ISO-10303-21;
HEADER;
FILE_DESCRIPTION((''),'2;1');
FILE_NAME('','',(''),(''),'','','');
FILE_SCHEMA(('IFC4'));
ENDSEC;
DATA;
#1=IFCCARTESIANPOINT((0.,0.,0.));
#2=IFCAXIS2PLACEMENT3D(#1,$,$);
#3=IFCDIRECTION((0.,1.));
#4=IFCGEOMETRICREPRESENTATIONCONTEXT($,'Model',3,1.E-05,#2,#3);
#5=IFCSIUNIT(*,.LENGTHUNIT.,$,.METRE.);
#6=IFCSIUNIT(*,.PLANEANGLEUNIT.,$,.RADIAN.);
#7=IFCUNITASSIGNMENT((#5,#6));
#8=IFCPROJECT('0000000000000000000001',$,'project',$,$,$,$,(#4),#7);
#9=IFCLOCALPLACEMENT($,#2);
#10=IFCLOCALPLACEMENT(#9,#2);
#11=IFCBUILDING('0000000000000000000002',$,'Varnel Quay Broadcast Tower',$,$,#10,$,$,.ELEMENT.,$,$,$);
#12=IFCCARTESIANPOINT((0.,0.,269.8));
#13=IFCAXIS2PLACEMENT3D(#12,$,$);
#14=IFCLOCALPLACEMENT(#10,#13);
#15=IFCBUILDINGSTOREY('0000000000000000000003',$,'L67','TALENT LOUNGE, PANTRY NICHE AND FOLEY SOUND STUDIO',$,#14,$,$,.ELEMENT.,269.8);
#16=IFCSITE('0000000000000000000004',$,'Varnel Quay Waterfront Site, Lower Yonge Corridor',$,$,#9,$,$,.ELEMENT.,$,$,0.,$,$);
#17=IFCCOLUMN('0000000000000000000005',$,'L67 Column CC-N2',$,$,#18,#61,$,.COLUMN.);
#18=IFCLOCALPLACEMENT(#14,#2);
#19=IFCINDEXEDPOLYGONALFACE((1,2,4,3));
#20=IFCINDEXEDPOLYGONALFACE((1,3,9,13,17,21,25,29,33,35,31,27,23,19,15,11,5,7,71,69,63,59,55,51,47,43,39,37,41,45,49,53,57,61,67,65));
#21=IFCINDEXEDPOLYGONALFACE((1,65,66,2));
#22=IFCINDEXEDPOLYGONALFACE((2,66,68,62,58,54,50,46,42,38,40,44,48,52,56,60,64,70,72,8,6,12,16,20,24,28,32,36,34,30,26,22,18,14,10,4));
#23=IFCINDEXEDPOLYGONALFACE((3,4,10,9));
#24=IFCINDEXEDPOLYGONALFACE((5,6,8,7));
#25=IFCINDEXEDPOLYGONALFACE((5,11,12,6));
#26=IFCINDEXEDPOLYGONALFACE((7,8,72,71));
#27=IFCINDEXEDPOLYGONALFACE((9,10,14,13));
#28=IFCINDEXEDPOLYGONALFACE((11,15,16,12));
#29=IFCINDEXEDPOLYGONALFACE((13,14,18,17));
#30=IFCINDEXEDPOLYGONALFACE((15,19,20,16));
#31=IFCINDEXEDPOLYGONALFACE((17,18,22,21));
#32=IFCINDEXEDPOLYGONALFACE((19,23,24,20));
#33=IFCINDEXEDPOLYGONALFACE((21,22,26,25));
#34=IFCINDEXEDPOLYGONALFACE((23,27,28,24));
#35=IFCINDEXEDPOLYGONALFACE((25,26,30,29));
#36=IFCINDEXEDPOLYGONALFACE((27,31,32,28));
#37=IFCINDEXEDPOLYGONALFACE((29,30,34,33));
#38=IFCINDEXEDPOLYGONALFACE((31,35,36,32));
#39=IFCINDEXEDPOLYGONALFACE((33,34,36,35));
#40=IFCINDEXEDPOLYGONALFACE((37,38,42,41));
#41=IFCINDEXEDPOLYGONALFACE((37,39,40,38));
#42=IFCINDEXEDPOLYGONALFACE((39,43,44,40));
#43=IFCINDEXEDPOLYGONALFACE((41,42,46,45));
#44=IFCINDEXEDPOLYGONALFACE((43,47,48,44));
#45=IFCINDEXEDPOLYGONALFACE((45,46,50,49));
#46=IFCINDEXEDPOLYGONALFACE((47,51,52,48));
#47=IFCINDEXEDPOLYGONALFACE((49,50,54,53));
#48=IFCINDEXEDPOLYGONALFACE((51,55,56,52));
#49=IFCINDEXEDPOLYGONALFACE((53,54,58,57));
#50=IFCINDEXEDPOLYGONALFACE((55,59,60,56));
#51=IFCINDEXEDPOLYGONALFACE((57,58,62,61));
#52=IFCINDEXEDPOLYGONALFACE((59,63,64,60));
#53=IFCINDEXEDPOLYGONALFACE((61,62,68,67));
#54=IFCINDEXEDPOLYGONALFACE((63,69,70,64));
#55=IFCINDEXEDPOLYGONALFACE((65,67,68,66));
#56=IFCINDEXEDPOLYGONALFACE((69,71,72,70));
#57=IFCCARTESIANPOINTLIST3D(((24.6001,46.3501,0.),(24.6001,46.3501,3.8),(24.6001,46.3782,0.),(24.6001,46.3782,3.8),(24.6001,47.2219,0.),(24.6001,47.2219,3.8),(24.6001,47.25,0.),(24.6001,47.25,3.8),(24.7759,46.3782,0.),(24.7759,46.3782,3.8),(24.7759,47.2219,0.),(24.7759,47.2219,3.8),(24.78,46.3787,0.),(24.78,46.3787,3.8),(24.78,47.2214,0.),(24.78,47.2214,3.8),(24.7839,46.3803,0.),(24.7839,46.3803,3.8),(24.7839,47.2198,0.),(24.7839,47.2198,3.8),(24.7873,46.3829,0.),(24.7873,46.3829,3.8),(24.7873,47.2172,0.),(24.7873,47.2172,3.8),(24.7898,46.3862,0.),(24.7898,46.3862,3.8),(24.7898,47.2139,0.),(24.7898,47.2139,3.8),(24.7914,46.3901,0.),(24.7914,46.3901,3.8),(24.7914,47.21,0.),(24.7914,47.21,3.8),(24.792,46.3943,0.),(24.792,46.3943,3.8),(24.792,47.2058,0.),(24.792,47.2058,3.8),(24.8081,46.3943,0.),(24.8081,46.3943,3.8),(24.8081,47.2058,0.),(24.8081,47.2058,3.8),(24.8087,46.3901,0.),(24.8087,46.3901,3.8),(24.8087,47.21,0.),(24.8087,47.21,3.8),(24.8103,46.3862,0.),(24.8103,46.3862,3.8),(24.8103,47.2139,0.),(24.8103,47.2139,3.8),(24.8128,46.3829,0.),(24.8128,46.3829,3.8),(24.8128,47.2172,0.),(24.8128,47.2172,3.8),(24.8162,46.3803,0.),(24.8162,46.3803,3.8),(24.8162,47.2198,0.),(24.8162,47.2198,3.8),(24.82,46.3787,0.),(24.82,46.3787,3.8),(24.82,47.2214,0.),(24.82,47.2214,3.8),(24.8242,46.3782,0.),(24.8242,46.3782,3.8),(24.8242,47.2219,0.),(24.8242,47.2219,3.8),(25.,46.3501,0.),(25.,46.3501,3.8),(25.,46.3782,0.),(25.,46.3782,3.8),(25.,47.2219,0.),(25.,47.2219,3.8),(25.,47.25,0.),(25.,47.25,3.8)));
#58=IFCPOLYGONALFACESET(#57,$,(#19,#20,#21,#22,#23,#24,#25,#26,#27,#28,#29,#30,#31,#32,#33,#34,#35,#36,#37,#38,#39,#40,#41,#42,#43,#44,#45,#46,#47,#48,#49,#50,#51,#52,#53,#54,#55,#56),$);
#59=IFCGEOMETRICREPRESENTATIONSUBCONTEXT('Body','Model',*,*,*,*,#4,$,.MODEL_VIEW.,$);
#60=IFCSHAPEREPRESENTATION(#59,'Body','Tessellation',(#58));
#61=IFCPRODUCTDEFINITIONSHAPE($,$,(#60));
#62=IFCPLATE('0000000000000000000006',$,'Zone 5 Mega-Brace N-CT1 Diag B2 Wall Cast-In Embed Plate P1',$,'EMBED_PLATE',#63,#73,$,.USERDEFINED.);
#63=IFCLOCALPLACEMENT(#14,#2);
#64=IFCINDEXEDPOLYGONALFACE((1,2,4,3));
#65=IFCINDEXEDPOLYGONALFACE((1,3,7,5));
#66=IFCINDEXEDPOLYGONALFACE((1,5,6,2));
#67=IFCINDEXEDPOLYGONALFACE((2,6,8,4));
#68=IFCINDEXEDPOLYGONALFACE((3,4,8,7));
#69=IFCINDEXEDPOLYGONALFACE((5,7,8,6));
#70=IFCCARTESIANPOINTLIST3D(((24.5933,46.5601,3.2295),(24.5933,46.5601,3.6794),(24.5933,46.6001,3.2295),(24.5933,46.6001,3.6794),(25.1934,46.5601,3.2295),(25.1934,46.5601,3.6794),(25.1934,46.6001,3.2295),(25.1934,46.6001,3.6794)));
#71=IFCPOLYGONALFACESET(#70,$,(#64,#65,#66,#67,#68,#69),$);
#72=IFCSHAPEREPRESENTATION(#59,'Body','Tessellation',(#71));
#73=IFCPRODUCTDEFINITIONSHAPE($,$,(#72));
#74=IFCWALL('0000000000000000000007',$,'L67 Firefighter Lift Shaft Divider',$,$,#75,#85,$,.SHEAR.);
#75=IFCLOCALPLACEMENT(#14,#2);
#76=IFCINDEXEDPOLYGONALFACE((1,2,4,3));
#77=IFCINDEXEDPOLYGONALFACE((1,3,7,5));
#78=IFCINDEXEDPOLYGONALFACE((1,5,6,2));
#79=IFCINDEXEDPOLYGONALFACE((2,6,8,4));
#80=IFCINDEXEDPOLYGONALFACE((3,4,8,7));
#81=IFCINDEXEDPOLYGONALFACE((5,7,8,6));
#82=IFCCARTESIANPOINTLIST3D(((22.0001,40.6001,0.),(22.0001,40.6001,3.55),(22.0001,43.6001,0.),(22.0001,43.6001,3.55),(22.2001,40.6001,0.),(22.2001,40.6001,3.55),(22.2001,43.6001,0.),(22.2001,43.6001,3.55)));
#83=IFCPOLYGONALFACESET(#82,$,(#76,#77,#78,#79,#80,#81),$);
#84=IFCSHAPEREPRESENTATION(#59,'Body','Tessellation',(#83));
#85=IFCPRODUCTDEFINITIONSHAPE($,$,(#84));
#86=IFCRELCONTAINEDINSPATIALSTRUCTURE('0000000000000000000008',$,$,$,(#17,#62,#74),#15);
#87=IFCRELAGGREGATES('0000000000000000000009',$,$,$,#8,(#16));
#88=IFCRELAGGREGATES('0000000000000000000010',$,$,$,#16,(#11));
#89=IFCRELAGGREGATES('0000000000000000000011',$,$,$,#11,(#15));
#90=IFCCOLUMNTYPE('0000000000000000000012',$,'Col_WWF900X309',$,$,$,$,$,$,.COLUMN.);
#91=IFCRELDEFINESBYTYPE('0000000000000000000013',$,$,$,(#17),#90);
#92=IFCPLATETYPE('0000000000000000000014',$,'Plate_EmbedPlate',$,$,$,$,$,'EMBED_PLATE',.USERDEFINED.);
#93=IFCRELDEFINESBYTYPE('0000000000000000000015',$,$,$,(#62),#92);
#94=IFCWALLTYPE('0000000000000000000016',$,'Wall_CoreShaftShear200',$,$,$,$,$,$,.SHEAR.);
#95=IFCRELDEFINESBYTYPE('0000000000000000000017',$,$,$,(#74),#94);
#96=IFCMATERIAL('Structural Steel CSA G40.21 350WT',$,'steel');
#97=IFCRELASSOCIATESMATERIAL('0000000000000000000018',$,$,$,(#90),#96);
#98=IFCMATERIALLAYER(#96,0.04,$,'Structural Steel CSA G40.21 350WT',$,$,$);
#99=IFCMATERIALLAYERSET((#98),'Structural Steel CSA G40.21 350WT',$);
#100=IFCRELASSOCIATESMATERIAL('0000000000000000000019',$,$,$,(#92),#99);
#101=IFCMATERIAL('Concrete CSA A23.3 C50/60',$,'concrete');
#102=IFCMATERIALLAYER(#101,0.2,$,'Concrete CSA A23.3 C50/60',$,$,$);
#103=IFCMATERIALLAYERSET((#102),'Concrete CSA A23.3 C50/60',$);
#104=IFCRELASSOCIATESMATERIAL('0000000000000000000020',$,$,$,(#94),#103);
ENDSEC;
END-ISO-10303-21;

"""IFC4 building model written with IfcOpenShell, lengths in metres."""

from ifc_helpers import new_model, si_unit, direction, frame, frame_2d, origin, origin_2d, place, context, subcontext, project, spatial, rectangle, i_section, extrude, source, transform, mapped, material, layer, layer_set, material_profile, profile_set, type_object, type_shapes, element, save


model = new_model("IFC4")

# Units and contexts
model_context = context("Model", 3, precision=1e-05, world=origin(), true_north=direction((0.0, 1.0)))
body_context = subcontext(model_context, "Body", "Model", "MODEL_VIEW")
ifc_project = project(units=[si_unit("LENGTHUNIT", "METRE"), si_unit("PLANEANGLEUNIT", "RADIAN")], contexts=[model_context])

# Site, building, storey
site_placement = place(None, origin())
site = spatial("IfcSite", under=ifc_project, at=site_placement, Name="Varnel Quay Waterfront Site, Lower Yonge Corridor", CompositionType="ELEMENT", RefElevation=0.0)
building_placement = place(site_placement, origin())
building = spatial("IfcBuilding", under=site, at=building_placement, Name="Varnel Quay Broadcast Tower", CompositionType="ELEMENT")
storey_placement = place(building_placement, frame((0.0, 0.0, 269.8)))
storey = spatial("IfcBuildingStorey", under=building, at=storey_placement, Name="L67", Description="TALENT LOUNGE, PANTRY NICHE AND FOLEY SOUND STUDIO", CompositionType="ELEMENT", Elevation=269.8)

# Column
ifc_material_1 = material(Name="Structural Steel CSA G40.21 350WT", Category="steel")
ifc_material_profile = material_profile(ifc_material_1, i_section(OverallWidth=0.3999, OverallDepth=0.8999, WebThickness=0.0161, FlangeThickness=0.0281, FilletRadius=0.0161, at=origin_2d()), Name="WWF900X309")
ifc_profile_set = profile_set([ifc_material_profile], Name="Structural Steel CSA G40.21 350WT")
column_type = type_object("IfcColumnType", Name="Col_WWF900X309", PredefinedType="COLUMN", material=ifc_profile_set)
shared_shape_1 = source(origin(), body_context, "Body", "SweptSolid", [
    extrude(i_section(OverallWidth=0.3999, OverallDepth=0.8999, WebThickness=0.0161, FlangeThickness=0.0281, FilletRadius=0.0161, at=origin_2d()), origin(), (0.0, 0.0, 1.0), 3.8),
])
type_shapes(column_type, [shared_shape_1])
column_placement = place(storey_placement, frame((24.8, 46.8, 0.0), z_axis=(0.0, 0.0, 1.0), x_axis=(1.0, 0.0, 0.0)))
element("IfcColumn", 1, at=column_placement, inside=storey, type_object=column_type, Name="L67 Column CC-N2", PredefinedType="COLUMN", context=body_context, shape_type="MappedRepresentation", body=[
    mapped(shared_shape_1, transform((0.0, 0.0, 0.0), x_axis=(1.0, 0.0, 0.0), y_axis=(0.0, 1.0, 0.0), z_axis=(0.0, 0.0, 1.0), scale=1.0)),
])

# Plate
ifc_layer_1 = layer(ifc_material_1, 0.04, Name="Structural Steel CSA G40.21 350WT")
ifc_layer_set_1 = layer_set([ifc_layer_1], Name="Structural Steel CSA G40.21 350WT")
plate_type = type_object("IfcPlateType", Name="Plate_EmbedPlate", ElementType="EMBED_PLATE", PredefinedType="USERDEFINED", material=ifc_layer_set_1)
shared_shape_2 = source(origin(), body_context, "Body", "SweptSolid", [
    extrude(rectangle(XDim=0.6001, YDim=0.04, at=origin_2d()), origin(), (0.0, 0.0, 1.0), 0.45),
])
type_shapes(plate_type, [shared_shape_2])
plate_placement = place(storey_placement, frame((24.8933, 46.5801, 3.2295), z_axis=(0.0, 0.0, 1.0), x_axis=(1.0, 0.0, 0.0)))
element("IfcPlate", 2, at=plate_placement, inside=storey, type_object=plate_type, Name="Zone 5 Mega-Brace N-CT1 Diag B2 Wall Cast-In Embed Plate P1", ObjectType="EMBED_PLATE", PredefinedType="USERDEFINED", context=body_context, shape_type="MappedRepresentation", body=[
    mapped(shared_shape_2, transform((0.0, 0.0, 0.0), x_axis=(1.0, 0.0, 0.0), y_axis=(0.0, 1.0, 0.0), z_axis=(0.0, 0.0, 1.0), scale=1.0)),
])

# Wall
ifc_material_2 = material(Name="Concrete CSA A23.3 C50/60", Category="concrete")
ifc_layer_2 = layer(ifc_material_2, 0.2, Name="Concrete CSA A23.3 C50/60")
ifc_layer_set_2 = layer_set([ifc_layer_2], Name="Concrete CSA A23.3 C50/60")
wall_type_1 = type_object("IfcWallType", Name="Wall_CoreShaftShear200", PredefinedType="SHEAR", material=ifc_layer_set_2)
wall_1_placement = place(storey_placement, frame((22.1001, 40.6001, 0.0), z_axis=(0.0, 0.0, 1.0), x_axis=(0.0, 1.0, 0.0)))
element("IfcWall", 3, at=wall_1_placement, inside=storey, type_object=wall_type_1, Name="L67 Firefighter Lift Shaft Divider", PredefinedType="SHEAR", context=body_context, shape_type="SweptSolid", body=[
    extrude(rectangle(XDim=3.0, YDim=0.2, at=frame_2d((1.5, 0.0))), origin(), (0.0, 0.0, 1.0), 3.55),
])

save(model, "model.ifc")
